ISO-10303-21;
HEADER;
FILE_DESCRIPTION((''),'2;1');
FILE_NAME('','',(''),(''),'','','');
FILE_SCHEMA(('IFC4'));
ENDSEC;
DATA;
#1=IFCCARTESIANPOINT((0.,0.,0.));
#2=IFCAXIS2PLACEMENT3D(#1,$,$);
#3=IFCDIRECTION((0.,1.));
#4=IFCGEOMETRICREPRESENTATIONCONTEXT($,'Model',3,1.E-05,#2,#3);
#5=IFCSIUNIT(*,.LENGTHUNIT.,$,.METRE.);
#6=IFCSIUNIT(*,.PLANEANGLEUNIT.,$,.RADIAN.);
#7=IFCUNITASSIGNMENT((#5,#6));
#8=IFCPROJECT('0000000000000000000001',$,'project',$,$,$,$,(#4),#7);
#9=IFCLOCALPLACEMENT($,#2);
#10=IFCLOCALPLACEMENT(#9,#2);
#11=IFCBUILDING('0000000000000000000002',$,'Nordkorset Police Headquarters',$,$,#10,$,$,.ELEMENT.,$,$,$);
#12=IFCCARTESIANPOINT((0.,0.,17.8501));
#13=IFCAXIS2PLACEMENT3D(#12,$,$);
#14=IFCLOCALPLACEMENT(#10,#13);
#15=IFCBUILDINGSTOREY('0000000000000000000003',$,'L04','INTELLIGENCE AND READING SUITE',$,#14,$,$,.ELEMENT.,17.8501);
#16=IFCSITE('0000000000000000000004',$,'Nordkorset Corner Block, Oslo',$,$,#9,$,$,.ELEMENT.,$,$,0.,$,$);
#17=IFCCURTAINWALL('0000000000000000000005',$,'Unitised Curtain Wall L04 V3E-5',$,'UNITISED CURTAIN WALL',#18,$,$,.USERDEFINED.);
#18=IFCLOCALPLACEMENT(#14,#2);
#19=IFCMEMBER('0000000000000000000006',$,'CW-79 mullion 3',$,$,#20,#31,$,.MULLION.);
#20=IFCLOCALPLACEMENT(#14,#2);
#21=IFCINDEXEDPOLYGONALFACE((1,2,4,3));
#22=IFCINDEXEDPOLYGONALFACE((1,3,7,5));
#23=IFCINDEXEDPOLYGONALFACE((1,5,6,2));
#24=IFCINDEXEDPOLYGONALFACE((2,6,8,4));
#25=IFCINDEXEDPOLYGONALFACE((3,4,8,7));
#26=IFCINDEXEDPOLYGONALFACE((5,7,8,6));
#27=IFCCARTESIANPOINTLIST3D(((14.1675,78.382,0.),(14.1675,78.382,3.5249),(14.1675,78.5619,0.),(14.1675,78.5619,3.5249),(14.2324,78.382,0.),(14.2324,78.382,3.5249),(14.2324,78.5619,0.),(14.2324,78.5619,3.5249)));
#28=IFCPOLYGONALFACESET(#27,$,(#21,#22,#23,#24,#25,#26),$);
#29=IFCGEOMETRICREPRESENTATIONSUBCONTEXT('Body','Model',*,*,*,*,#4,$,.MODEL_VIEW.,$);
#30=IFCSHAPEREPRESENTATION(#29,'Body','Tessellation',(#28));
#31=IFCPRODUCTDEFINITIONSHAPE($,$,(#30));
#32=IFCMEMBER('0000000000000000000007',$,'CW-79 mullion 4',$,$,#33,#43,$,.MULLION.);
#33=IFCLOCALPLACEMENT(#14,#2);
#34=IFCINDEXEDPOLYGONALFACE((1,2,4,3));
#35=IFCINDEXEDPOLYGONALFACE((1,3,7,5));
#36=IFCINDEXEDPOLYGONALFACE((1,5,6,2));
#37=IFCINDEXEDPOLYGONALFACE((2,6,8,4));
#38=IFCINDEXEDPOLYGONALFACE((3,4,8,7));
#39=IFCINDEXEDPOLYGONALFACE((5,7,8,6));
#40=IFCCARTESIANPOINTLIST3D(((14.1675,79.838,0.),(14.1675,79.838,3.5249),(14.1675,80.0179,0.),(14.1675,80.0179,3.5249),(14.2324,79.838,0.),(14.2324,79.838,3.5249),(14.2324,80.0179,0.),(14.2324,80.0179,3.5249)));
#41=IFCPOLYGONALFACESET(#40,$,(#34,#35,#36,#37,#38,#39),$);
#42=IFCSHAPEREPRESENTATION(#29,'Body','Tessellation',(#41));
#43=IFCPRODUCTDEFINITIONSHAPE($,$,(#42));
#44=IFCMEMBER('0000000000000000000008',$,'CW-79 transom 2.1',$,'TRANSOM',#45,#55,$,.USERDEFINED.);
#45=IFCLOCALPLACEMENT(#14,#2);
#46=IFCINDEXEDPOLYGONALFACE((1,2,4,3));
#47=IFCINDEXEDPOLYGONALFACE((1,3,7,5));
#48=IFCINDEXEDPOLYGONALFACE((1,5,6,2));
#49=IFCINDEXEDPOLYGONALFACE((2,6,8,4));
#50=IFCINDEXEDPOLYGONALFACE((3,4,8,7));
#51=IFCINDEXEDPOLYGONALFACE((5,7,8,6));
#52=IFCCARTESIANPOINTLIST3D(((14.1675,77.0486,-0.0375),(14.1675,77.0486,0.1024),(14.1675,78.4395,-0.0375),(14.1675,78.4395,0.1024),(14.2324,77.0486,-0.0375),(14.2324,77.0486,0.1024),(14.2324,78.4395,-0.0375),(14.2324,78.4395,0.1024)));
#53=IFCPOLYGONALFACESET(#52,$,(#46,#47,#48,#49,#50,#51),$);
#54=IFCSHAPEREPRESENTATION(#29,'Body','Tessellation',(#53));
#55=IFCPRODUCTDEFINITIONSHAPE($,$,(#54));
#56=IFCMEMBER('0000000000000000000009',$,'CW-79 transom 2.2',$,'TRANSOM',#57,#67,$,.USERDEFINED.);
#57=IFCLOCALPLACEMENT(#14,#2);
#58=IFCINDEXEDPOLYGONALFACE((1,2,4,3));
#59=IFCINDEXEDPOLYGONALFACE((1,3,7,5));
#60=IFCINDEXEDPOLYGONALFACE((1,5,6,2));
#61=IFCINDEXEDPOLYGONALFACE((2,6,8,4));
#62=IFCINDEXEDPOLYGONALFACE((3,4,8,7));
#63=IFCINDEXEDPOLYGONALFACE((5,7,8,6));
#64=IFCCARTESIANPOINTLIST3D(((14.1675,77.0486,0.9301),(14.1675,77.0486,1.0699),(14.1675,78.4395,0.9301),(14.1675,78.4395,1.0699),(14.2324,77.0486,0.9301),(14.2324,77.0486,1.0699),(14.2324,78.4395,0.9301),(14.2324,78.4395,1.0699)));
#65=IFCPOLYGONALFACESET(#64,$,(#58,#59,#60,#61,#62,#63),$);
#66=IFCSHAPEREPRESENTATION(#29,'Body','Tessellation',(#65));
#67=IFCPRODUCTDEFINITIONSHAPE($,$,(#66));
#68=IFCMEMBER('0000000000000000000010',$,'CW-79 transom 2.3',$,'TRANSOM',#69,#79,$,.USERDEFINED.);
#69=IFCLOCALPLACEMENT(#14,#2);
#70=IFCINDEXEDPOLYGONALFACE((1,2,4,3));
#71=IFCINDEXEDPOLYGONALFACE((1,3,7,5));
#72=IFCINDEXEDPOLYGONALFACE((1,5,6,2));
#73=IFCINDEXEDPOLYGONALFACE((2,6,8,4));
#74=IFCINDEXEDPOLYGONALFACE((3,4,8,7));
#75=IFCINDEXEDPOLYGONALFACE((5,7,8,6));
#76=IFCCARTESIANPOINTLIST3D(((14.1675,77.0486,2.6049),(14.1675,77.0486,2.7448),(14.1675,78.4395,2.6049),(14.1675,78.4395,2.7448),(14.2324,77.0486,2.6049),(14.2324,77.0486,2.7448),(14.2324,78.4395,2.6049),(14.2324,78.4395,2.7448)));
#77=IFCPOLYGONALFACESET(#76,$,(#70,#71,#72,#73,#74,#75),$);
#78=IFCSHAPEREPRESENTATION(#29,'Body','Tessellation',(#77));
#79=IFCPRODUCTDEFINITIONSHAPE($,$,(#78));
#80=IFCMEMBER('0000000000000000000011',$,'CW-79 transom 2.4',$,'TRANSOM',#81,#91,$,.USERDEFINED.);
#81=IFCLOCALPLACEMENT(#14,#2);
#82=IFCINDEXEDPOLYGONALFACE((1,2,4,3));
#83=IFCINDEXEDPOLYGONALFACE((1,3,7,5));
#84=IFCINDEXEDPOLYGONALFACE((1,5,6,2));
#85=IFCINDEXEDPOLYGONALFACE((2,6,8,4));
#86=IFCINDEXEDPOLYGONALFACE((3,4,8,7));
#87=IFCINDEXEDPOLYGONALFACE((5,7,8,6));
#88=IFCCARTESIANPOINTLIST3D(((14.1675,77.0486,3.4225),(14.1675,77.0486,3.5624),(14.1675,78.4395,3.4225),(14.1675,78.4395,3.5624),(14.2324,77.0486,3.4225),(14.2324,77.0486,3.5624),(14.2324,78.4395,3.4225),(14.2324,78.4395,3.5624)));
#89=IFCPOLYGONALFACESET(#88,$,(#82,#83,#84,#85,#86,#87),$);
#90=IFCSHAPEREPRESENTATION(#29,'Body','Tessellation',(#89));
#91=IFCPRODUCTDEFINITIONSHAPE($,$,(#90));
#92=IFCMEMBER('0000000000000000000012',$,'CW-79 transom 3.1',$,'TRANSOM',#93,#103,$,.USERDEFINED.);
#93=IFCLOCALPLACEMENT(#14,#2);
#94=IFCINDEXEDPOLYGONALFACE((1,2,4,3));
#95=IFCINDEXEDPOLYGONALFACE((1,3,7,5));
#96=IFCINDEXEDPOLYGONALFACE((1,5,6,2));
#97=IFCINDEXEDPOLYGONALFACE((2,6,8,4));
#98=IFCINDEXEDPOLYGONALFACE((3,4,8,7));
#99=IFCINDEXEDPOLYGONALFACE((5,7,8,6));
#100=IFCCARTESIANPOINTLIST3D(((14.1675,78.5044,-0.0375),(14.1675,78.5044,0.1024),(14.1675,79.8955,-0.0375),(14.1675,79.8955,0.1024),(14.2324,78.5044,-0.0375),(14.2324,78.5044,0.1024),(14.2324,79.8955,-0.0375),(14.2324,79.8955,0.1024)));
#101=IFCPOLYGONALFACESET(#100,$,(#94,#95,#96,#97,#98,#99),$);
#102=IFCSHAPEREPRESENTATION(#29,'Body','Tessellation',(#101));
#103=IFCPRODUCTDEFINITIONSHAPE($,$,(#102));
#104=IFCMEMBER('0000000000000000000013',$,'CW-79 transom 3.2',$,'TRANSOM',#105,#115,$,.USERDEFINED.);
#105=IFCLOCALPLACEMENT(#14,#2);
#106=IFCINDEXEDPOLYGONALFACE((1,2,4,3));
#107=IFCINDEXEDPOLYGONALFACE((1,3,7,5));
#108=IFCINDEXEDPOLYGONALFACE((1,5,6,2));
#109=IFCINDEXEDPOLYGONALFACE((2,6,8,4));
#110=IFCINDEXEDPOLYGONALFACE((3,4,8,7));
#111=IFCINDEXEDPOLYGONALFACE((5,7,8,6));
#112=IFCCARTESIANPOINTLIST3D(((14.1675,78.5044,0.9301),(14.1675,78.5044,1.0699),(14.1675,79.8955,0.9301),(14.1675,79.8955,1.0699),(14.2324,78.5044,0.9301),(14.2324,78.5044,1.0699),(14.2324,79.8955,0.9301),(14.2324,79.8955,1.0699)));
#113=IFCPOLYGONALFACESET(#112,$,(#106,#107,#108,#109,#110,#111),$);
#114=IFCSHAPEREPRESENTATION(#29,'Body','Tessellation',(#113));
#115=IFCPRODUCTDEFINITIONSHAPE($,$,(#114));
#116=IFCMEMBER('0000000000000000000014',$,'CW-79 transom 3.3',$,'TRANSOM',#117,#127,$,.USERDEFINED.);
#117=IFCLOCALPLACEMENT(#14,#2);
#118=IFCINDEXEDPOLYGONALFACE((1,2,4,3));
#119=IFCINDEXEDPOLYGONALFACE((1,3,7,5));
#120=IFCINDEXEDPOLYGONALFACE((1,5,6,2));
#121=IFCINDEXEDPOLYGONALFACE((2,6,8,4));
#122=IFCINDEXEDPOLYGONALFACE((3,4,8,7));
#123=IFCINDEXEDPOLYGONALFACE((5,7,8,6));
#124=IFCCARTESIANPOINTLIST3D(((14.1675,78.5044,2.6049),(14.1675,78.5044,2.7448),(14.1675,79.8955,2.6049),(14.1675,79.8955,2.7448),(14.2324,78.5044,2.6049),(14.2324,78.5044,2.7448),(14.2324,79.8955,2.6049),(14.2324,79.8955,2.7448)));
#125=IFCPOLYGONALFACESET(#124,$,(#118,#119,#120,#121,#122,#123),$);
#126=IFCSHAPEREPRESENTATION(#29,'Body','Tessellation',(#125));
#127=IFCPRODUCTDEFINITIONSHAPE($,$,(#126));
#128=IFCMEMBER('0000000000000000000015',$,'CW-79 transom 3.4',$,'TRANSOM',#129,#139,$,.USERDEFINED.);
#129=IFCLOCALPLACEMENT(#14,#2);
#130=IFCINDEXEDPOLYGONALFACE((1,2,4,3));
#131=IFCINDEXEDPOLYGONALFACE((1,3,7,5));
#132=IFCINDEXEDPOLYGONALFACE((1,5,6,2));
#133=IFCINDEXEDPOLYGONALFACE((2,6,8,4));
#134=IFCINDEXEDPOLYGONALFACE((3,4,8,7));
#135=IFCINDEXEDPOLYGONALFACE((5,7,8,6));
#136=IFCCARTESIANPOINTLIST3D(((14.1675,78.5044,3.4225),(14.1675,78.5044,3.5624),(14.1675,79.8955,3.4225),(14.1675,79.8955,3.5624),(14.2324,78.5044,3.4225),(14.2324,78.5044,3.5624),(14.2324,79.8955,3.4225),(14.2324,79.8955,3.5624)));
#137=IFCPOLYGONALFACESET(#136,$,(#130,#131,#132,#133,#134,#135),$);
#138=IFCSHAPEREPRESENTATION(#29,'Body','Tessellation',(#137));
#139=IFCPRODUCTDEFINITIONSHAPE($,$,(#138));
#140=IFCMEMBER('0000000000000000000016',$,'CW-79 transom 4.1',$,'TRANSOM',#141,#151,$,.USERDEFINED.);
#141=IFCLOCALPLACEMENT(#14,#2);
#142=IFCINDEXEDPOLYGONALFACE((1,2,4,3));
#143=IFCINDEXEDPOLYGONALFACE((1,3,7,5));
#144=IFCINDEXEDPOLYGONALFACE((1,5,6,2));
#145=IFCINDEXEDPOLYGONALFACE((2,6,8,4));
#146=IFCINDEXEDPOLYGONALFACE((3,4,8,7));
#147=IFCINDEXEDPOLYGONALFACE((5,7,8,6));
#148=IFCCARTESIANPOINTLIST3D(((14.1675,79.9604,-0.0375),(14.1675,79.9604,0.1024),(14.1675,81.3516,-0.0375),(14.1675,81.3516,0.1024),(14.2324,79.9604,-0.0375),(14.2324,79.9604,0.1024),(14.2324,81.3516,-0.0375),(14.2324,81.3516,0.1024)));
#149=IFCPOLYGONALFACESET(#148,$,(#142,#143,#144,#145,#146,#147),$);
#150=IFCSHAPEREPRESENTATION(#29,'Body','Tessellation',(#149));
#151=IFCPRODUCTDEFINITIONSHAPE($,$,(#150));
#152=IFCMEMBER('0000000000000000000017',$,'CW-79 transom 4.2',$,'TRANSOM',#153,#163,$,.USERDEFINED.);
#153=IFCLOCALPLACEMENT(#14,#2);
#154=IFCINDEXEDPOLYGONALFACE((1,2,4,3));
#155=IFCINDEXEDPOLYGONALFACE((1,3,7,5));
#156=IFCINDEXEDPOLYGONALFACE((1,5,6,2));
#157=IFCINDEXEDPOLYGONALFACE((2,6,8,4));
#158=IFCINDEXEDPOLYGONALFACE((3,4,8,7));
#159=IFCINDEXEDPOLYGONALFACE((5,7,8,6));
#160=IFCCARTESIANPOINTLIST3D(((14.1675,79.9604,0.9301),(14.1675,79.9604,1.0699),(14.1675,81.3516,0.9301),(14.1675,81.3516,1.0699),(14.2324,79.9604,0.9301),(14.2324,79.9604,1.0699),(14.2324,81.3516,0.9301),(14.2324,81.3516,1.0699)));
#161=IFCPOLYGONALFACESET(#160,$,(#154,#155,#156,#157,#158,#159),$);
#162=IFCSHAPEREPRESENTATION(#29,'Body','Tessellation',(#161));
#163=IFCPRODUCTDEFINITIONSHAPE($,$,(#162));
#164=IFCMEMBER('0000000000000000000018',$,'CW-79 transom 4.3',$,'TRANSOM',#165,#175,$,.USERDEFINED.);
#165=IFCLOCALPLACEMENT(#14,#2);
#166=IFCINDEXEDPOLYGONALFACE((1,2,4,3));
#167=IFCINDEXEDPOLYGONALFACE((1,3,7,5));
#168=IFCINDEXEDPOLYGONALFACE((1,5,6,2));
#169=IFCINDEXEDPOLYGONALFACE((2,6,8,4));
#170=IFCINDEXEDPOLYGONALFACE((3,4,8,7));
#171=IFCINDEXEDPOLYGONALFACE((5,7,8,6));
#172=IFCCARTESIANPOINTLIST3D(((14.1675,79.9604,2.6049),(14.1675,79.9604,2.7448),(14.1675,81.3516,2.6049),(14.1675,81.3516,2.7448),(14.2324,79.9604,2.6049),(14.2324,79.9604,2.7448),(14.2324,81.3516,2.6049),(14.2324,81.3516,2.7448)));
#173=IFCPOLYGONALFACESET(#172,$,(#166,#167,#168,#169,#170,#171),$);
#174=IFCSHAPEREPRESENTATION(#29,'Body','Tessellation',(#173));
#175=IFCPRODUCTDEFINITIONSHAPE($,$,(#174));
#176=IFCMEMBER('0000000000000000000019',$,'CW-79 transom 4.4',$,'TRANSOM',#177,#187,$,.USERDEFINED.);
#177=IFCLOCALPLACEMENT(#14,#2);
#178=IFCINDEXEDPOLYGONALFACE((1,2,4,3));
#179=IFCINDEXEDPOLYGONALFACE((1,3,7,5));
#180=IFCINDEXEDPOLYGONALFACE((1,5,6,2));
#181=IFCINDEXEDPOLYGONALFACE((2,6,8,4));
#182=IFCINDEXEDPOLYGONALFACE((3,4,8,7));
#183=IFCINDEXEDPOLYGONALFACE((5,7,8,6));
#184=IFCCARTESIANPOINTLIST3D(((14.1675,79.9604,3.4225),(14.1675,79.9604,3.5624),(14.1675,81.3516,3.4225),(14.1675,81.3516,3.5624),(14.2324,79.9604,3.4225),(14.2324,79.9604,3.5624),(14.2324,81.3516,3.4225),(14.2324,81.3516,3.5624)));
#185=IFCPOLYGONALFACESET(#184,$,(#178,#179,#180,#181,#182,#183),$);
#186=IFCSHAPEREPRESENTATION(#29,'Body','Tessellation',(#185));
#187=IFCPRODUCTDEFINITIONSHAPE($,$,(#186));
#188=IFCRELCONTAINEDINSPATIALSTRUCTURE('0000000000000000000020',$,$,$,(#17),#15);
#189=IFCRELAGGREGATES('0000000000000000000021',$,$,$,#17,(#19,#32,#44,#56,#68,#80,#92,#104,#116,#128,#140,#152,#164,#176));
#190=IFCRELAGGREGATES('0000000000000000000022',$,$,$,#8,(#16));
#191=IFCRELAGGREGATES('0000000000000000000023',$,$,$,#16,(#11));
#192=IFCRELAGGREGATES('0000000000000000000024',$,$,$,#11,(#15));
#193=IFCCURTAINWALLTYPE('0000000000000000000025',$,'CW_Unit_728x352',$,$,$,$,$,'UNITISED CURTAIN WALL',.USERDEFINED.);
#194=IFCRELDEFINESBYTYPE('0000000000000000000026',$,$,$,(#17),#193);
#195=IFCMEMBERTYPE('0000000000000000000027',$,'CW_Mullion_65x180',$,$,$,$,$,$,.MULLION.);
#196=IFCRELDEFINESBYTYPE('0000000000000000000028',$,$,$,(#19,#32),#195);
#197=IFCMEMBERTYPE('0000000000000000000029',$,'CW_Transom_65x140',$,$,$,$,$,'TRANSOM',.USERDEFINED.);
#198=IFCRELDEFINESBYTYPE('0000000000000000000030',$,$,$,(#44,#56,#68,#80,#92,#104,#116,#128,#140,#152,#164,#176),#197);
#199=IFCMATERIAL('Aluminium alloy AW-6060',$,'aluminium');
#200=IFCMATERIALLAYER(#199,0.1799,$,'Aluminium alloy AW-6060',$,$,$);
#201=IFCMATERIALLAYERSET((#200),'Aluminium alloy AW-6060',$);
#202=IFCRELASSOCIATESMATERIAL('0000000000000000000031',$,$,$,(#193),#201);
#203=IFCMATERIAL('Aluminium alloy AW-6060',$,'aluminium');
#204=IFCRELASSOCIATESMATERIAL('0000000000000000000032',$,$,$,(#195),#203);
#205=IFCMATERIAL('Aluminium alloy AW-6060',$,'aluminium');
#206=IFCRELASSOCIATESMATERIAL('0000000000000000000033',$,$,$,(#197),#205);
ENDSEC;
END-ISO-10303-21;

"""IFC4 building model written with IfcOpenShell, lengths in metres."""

from ifc_helpers import new_model, si_unit, direction, frame, origin, origin_2d, place, context, subcontext, project, spatial, rectangle, extrude, material, layer, layer_set, material_profile, profile_set, type_object, element, aggregate, save


model = new_model("IFC4")

# Units and contexts
model_context = context("Model", 3, precision=1e-05, world=origin(), true_north=direction((0.0, 1.0)))
body_context = subcontext(model_context, "Body", "Model", "MODEL_VIEW")
ifc_project = project(units=[si_unit("LENGTHUNIT", "METRE"), si_unit("PLANEANGLEUNIT", "RADIAN")], contexts=[model_context])

# Site, building, storey
site_placement = place(None, origin())
site = spatial("IfcSite", under=ifc_project, at=site_placement, Name="Nordkorset Corner Block, Oslo", CompositionType="ELEMENT", RefElevation=0.0)
building_placement = place(site_placement, origin())
building = spatial("IfcBuilding", under=site, at=building_placement, Name="Nordkorset Police Headquarters", CompositionType="ELEMENT")
storey_placement = place(building_placement, frame((0.0, 0.0, 17.8501)))
storey = spatial("IfcBuildingStorey", under=building, at=storey_placement, Name="L04", Description="INTELLIGENCE AND READING SUITE", CompositionType="ELEMENT", Elevation=17.8501)

# Curtain wall, members
ifc_material_1 = material(Name="Aluminium alloy AW-6060", Category="aluminium")
ifc_layer_1 = layer(ifc_material_1, 0.1799, Name="Aluminium alloy AW-6060")
ifc_layer_set_1 = layer_set([ifc_layer_1], Name="Aluminium alloy AW-6060")
curtain_wall_type = type_object("IfcCurtainWallType", Name="CW_Unit_728x352", ElementType="UNITISED CURTAIN WALL", PredefinedType="USERDEFINED", material=ifc_layer_set_1)
curtain_wall_placement = place(storey_placement, origin())
curtain_wall = element("IfcCurtainWall", 1, at=curtain_wall_placement, inside=storey, type_object=curtain_wall_type, Name="Unitised Curtain Wall L04 V3E-5", ObjectType="UNITISED CURTAIN WALL", PredefinedType="USERDEFINED")
ifc_material_2 = material(Name="Aluminium alloy AW-6060", Category="aluminium")
ifc_material_profile_1 = material_profile(ifc_material_2, rectangle(XDim=0.0649, YDim=0.1799, at=origin_2d()), Name="ALU MULL 65x180")
ifc_profile_set_1 = profile_set([ifc_material_profile_1], Name="Aluminium alloy AW-6060")
member_type_1 = type_object("IfcMemberType", Name="CW_Mullion_65x180", PredefinedType="MULLION", material=ifc_profile_set_1)
member_1_placement = place(storey_placement, frame((14.2, 78.4719, 0.0), z_axis=(0.0, 0.0, 1.0), x_axis=(-1.0, 0.0, 0.0)))
member_1 = element("IfcMember", 2, at=member_1_placement, type_object=member_type_1, Name="CW-79 mullion 3", PredefinedType="MULLION", context=body_context, shape_type="SweptSolid", body=[
    extrude(rectangle(XDim=0.0649, YDim=0.1799, at=origin_2d()), origin(), (0.0, 0.0, 1.0), 3.5249),
])
member_2_placement = place(storey_placement, frame((14.2, 79.928, 0.0), z_axis=(0.0, 0.0, 1.0), x_axis=(-1.0, 0.0, 0.0)))
member_2 = element("IfcMember", 3, at=member_2_placement, type_object=member_type_1, Name="CW-79 mullion 4", PredefinedType="MULLION", context=body_context, shape_type="SweptSolid", body=[
    extrude(rectangle(XDim=0.0649, YDim=0.1799, at=origin_2d()), origin(), (0.0, 0.0, 1.0), 3.5249),
])
ifc_material_3 = material(Name="Aluminium alloy AW-6060", Category="aluminium")
ifc_material_profile_2 = material_profile(ifc_material_3, rectangle(XDim=0.0649, YDim=0.1399, at=origin_2d()), Name="ALU TRAN 65x140")
ifc_profile_set_2 = profile_set([ifc_material_profile_2], Name="Aluminium alloy AW-6060")
member_type_2 = type_object("IfcMemberType", Name="CW_Transom_65x140", ElementType="TRANSOM", PredefinedType="USERDEFINED", material=ifc_profile_set_2)
member_3_placement = place(storey_placement, frame((14.2, 77.0486, 0.0325), z_axis=(0.0, 1.0, 0.0), x_axis=(-1.0, 0.0, 0.0)))
member_3 = element("IfcMember", 4, at=member_3_placement, type_object=member_type_2, Name="CW-79 transom 2.1", ObjectType="TRANSOM", PredefinedType="USERDEFINED", context=body_context, shape_type="SweptSolid", body=[
    extrude(rectangle(XDim=0.0649, YDim=0.1399, at=origin_2d()), origin(), (0.0, 0.0, 1.0), 1.3909),
])
member_4_placement = place(storey_placement, frame((14.2, 77.0486, 1.0), z_axis=(0.0, 1.0, 0.0), x_axis=(-1.0, 0.0, 0.0)))
member_4 = element("IfcMember", 5, at=member_4_placement, type_object=member_type_2, Name="CW-79 transom 2.2", ObjectType="TRANSOM", PredefinedType="USERDEFINED", context=body_context, shape_type="SweptSolid", body=[
    extrude(rectangle(XDim=0.0649, YDim=0.1399, at=origin_2d()), origin(), (0.0, 0.0, 1.0), 1.3909),
])
member_5_placement = place(storey_placement, frame((14.2, 77.0486, 2.6748), z_axis=(0.0, 1.0, 0.0), x_axis=(-1.0, 0.0, 0.0)))
member_5 = element("IfcMember", 6, at=member_5_placement, type_object=member_type_2, Name="CW-79 transom 2.3", ObjectType="TRANSOM", PredefinedType="USERDEFINED", context=body_context, shape_type="SweptSolid", body=[
    extrude(rectangle(XDim=0.0649, YDim=0.1399, at=origin_2d()), origin(), (0.0, 0.0, 1.0), 1.3909),
])
member_6_placement = place(storey_placement, frame((14.2, 77.0486, 3.4924), z_axis=(0.0, 1.0, 0.0), x_axis=(-1.0, 0.0, 0.0)))
member_6 = element("IfcMember", 7, at=member_6_placement, type_object=member_type_2, Name="CW-79 transom 2.4", ObjectType="TRANSOM", PredefinedType="USERDEFINED", context=body_context, shape_type="SweptSolid", body=[
    extrude(rectangle(XDim=0.0649, YDim=0.1399, at=origin_2d()), origin(), (0.0, 0.0, 1.0), 1.3909),
])
member_7_placement = place(storey_placement, frame((14.2, 78.5044, 0.0325), z_axis=(0.0, 1.0, 0.0), x_axis=(-1.0, 0.0, 0.0)))
member_7 = element("IfcMember", 8, at=member_7_placement, type_object=member_type_2, Name="CW-79 transom 3.1", ObjectType="TRANSOM", PredefinedType="USERDEFINED", context=body_context, shape_type="SweptSolid", body=[
    extrude(rectangle(XDim=0.0649, YDim=0.1399, at=origin_2d()), origin(), (0.0, 0.0, 1.0), 1.3911),
])
member_8_placement = place(storey_placement, frame((14.2, 78.5044, 1.0), z_axis=(0.0, 1.0, 0.0), x_axis=(-1.0, 0.0, 0.0)))
member_8 = element("IfcMember", 9, at=member_8_placement, type_object=member_type_2, Name="CW-79 transom 3.2", ObjectType="TRANSOM", PredefinedType="USERDEFINED", context=body_context, shape_type="SweptSolid", body=[
    extrude(rectangle(XDim=0.0649, YDim=0.1399, at=origin_2d()), origin(), (0.0, 0.0, 1.0), 1.3911),
])
member_9_placement = place(storey_placement, frame((14.2, 78.5044, 2.6748), z_axis=(0.0, 1.0, 0.0), x_axis=(-1.0, 0.0, 0.0)))
member_9 = element("IfcMember", 10, at=member_9_placement, type_object=member_type_2, Name="CW-79 transom 3.3", ObjectType="TRANSOM", PredefinedType="USERDEFINED", context=body_context, shape_type="SweptSolid", body=[
    extrude(rectangle(XDim=0.0649, YDim=0.1399, at=origin_2d()), origin(), (0.0, 0.0, 1.0), 1.3911),
])
member_10_placement = place(storey_placement, frame((14.2, 78.5044, 3.4924), z_axis=(0.0, 1.0, 0.0), x_axis=(-1.0, 0.0, 0.0)))
member_10 = element("IfcMember", 11, at=member_10_placement, type_object=member_type_2, Name="CW-79 transom 3.4", ObjectType="TRANSOM", PredefinedType="USERDEFINED", context=body_context, shape_type="SweptSolid", body=[
    extrude(rectangle(XDim=0.0649, YDim=0.1399, at=origin_2d()), origin(), (0.0, 0.0, 1.0), 1.3911),
])
member_11_placement = place(storey_placement, frame((14.2, 79.9604, 0.0325), z_axis=(0.0, 1.0, 0.0), x_axis=(-1.0, 0.0, 0.0)))
member_11 = element("IfcMember", 12, at=member_11_placement, type_object=member_type_2, Name="CW-79 transom 4.1", ObjectType="TRANSOM", PredefinedType="USERDEFINED", context=body_context, shape_type="SweptSolid", body=[
    extrude(rectangle(XDim=0.0649, YDim=0.1399, at=origin_2d()), origin(), (0.0, 0.0, 1.0), 1.3911),
])
member_12_placement = place(storey_placement, frame((14.2, 79.9604, 1.0), z_axis=(0.0, 1.0, 0.0), x_axis=(-1.0, 0.0, 0.0)))
member_12 = element("IfcMember", 13, at=member_12_placement, type_object=member_type_2, Name="CW-79 transom 4.2", ObjectType="TRANSOM", PredefinedType="USERDEFINED", context=body_context, shape_type="SweptSolid", body=[
    extrude(rectangle(XDim=0.0649, YDim=0.1399, at=origin_2d()), origin(), (0.0, 0.0, 1.0), 1.3911),
])
member_13_placement = place(storey_placement, frame((14.2, 79.9604, 2.6748), z_axis=(0.0, 1.0, 0.0), x_axis=(-1.0, 0.0, 0.0)))
member_13 = element("IfcMember", 14, at=member_13_placement, type_object=member_type_2, Name="CW-79 transom 4.3", ObjectType="TRANSOM", PredefinedType="USERDEFINED", context=body_context, shape_type="SweptSolid", body=[
    extrude(rectangle(XDim=0.0649, YDim=0.1399, at=origin_2d()), origin(), (0.0, 0.0, 1.0), 1.3911),
])
member_14_placement = place(storey_placement, frame((14.2, 79.9604, 3.4924), z_axis=(0.0, 1.0, 0.0), x_axis=(-1.0, 0.0, 0.0)))
member_14 = element("IfcMember", 15, at=member_14_placement, type_object=member_type_2, Name="CW-79 transom 4.4", ObjectType="TRANSOM", PredefinedType="USERDEFINED", context=body_context, shape_type="SweptSolid", body=[
    extrude(rectangle(XDim=0.0649, YDim=0.1399, at=origin_2d()), origin(), (0.0, 0.0, 1.0), 1.3911),
])
aggregate(curtain_wall, [member_1, member_2, member_3, member_4, member_5, member_6, member_7, member_8, member_9, member_10, member_11, member_12, member_13, member_14])

save(model, "model.ifc")
